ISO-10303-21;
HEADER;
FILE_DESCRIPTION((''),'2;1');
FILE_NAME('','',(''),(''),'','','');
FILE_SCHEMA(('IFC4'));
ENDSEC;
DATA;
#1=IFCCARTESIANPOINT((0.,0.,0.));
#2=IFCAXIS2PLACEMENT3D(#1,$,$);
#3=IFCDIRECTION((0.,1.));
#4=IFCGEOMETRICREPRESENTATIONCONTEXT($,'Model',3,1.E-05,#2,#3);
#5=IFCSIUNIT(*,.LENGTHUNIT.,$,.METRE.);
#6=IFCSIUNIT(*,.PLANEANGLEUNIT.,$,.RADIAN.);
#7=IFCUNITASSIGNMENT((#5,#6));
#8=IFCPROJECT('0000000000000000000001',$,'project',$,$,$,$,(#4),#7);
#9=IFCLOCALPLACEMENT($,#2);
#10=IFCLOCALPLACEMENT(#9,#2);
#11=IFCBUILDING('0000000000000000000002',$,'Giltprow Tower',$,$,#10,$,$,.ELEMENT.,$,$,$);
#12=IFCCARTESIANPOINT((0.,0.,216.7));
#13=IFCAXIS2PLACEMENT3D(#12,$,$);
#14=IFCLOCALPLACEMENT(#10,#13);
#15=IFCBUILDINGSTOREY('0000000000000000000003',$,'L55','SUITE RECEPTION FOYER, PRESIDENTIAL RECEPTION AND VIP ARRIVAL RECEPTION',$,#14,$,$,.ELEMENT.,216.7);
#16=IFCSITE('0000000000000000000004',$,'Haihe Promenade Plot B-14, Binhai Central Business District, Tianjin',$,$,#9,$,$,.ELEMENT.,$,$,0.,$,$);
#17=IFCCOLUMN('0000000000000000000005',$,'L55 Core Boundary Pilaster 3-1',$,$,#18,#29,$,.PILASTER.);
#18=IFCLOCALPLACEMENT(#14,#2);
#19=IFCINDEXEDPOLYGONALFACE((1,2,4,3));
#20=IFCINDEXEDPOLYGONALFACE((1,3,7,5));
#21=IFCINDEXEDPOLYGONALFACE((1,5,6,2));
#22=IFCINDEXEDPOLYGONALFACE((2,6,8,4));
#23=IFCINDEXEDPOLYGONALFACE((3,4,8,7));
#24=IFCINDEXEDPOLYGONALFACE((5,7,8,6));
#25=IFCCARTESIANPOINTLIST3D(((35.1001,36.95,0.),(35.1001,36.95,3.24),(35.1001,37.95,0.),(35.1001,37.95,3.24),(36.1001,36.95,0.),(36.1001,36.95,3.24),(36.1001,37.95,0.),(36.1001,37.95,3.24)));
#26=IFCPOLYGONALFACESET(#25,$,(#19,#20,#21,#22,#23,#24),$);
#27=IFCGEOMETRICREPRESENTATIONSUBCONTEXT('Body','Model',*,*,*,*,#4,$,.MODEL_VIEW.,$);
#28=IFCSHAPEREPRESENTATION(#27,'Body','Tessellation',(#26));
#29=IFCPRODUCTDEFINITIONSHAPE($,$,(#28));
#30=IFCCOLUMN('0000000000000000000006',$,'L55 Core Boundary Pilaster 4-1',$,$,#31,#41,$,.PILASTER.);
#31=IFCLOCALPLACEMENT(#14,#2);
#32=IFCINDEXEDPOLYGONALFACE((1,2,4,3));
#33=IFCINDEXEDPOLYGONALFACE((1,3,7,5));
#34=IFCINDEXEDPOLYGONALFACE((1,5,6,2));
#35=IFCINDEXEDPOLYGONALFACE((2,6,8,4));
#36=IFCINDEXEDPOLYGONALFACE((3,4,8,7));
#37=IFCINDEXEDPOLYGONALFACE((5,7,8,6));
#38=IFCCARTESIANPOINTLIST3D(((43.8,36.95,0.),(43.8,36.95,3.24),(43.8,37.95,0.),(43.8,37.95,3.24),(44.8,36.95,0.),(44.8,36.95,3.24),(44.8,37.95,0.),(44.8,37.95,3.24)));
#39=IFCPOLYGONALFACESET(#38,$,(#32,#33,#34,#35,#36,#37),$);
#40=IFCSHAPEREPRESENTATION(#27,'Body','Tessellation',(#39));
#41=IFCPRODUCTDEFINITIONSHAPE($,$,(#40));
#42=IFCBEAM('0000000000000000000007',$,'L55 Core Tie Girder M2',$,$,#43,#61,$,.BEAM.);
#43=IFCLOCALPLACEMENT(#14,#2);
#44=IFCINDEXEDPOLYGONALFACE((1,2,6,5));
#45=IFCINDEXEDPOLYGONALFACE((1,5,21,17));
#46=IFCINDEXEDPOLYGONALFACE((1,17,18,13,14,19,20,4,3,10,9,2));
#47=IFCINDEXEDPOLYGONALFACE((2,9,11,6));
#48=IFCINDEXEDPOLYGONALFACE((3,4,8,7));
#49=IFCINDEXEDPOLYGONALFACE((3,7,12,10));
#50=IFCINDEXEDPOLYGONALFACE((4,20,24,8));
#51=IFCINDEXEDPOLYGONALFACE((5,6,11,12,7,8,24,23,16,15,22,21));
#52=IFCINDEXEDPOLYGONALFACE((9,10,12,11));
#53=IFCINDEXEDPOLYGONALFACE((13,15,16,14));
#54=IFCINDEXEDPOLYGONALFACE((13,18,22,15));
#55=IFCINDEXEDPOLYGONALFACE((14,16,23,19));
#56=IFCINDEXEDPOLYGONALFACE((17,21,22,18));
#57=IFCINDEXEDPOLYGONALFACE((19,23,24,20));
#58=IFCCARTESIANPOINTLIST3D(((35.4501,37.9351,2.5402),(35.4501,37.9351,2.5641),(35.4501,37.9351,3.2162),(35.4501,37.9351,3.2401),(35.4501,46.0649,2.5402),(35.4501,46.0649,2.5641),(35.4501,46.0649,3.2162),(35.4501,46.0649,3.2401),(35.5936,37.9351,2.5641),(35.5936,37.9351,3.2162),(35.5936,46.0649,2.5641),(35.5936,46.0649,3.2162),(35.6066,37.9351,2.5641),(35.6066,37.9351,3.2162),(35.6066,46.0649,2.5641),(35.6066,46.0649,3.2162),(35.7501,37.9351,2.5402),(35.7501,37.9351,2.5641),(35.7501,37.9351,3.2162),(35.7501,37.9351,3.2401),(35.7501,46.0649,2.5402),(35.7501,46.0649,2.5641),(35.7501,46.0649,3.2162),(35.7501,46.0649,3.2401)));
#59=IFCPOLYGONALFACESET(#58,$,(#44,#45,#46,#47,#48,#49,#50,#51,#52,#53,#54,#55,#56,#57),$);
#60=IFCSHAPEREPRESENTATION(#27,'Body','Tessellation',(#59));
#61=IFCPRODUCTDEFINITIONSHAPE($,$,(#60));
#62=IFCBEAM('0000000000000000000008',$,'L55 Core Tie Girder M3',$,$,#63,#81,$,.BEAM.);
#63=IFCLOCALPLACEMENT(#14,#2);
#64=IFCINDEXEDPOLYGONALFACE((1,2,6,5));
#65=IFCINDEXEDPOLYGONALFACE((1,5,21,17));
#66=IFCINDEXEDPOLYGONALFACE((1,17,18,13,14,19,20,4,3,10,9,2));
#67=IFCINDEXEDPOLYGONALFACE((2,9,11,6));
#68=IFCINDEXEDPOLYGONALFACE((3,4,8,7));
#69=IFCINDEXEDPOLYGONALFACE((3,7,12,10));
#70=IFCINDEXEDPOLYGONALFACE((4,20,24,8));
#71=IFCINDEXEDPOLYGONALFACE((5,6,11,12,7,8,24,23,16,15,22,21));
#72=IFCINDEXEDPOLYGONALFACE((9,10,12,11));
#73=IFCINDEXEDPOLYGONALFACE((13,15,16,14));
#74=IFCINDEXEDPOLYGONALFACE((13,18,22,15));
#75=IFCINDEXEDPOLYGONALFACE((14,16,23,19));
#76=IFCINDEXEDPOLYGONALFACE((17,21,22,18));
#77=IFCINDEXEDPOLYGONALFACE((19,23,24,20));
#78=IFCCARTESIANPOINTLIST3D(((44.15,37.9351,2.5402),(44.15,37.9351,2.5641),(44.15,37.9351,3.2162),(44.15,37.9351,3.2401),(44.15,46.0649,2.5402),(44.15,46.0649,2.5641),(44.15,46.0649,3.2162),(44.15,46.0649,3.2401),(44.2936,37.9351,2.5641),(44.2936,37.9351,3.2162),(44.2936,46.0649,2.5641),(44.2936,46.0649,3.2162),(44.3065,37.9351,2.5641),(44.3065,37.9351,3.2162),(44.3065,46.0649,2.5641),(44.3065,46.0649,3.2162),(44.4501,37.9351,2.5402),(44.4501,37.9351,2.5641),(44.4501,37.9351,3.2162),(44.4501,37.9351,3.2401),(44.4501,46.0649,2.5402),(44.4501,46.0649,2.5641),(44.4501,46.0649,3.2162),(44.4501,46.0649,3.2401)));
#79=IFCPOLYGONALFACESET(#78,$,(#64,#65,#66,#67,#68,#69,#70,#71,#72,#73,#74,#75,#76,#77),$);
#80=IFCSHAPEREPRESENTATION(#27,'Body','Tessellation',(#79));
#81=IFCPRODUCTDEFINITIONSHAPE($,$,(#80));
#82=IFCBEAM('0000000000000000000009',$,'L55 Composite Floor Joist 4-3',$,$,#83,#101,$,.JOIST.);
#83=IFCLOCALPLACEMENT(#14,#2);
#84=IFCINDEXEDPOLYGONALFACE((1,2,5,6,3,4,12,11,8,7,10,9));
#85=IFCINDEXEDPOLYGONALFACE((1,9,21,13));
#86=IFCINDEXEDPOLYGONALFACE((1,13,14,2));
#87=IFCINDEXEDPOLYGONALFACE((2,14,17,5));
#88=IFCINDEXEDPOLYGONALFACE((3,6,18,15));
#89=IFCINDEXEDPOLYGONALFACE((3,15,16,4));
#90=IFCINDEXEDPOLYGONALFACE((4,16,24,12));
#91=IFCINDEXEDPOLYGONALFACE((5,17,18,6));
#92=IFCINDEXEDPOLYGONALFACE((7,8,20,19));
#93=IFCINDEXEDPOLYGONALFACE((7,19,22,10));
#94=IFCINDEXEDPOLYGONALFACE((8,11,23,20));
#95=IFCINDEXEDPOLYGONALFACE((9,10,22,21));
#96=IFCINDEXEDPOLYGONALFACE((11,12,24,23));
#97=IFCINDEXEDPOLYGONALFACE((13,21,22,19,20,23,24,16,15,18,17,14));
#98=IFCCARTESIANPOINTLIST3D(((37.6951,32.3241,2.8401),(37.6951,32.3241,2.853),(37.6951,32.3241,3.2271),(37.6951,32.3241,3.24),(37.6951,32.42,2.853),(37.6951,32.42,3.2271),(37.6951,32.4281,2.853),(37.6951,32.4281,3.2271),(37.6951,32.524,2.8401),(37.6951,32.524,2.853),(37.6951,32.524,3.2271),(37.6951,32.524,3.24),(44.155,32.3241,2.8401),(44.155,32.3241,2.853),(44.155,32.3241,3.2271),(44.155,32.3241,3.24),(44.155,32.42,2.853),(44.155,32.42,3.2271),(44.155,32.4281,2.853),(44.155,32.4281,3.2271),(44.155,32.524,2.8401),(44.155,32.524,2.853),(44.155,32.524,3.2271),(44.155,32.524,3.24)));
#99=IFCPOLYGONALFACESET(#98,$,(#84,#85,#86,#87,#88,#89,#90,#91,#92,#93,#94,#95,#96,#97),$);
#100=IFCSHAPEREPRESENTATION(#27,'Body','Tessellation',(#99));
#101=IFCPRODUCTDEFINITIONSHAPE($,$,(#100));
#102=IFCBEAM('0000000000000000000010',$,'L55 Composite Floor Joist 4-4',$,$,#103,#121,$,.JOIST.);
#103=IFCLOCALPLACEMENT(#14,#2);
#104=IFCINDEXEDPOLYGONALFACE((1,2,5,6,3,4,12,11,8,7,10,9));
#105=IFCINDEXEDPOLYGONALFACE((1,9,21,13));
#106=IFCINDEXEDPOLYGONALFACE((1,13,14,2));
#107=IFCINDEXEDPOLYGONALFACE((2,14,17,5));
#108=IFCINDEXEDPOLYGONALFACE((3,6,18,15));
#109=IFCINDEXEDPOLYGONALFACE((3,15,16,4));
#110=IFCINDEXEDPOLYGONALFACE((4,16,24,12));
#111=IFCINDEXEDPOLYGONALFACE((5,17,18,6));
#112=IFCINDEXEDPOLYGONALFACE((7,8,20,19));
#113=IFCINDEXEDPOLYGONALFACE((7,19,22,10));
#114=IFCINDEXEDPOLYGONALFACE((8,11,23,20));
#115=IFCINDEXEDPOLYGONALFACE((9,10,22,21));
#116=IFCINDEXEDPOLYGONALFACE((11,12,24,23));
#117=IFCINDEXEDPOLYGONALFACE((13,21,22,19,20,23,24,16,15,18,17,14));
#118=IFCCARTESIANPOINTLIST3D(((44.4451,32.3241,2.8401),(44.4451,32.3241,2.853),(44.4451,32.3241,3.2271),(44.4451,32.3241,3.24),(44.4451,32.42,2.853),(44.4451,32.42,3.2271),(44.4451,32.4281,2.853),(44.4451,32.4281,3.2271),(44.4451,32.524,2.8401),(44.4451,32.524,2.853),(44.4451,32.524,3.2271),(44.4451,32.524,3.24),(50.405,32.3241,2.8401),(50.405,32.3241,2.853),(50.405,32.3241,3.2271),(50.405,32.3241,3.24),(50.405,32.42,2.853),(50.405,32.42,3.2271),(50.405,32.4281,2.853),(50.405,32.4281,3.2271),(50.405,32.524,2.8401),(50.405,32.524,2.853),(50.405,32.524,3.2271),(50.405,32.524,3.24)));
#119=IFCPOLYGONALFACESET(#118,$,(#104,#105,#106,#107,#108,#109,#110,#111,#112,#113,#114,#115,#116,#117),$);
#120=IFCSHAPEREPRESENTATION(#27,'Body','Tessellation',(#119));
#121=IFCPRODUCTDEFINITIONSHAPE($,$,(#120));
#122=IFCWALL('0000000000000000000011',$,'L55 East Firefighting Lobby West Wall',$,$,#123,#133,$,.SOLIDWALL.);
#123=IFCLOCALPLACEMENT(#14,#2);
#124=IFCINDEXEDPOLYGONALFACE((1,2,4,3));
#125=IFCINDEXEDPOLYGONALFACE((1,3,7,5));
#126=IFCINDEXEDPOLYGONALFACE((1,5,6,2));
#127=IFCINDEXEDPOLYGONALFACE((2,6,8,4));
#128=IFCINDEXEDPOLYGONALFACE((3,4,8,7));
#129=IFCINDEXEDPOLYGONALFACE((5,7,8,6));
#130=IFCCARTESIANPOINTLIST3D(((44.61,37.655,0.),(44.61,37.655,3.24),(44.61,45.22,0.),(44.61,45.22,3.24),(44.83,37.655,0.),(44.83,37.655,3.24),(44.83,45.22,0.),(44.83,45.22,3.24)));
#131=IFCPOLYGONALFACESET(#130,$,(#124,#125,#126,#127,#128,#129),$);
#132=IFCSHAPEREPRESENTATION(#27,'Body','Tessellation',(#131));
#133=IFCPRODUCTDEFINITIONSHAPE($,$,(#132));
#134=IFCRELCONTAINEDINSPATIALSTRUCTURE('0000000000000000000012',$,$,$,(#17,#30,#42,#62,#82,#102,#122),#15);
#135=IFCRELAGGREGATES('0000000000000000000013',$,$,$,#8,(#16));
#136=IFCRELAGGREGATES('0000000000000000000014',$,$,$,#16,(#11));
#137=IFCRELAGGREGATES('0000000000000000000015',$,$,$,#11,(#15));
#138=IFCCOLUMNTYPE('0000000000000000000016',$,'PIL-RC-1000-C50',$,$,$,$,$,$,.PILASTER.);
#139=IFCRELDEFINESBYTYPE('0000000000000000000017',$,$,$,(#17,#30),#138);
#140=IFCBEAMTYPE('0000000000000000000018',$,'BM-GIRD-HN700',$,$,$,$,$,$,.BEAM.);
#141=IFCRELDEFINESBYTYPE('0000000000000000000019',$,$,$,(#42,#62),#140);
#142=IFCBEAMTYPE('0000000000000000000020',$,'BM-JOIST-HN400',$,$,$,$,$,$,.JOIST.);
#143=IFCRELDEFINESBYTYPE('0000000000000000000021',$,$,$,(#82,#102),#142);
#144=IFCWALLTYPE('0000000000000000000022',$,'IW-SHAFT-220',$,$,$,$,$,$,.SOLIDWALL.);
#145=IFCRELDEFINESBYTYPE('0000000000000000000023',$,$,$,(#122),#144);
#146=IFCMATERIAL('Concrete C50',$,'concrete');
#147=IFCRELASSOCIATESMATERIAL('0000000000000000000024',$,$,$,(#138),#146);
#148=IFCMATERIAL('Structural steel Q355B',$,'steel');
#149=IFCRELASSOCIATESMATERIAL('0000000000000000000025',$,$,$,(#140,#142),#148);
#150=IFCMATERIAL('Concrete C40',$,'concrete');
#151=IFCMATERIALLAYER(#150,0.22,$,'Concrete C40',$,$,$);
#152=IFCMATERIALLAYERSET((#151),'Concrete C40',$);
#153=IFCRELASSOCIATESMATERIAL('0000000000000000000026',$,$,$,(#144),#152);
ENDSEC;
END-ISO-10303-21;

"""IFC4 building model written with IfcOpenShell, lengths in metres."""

from ifc_helpers import new_model, si_unit, direction, frame, frame_2d, origin, origin_2d, place, context, subcontext, project, spatial, rectangle, i_section, extrude, source, transform, mapped, material, layer, layer_set, material_profile, profile_set, type_object, element, save


model = new_model("IFC4")

# Units and contexts
model_context = context("Model", 3, precision=1e-05, world=origin(), true_north=direction((0.0, 1.0)))
body_context = subcontext(model_context, "Body", "Model", "MODEL_VIEW")
ifc_project = project(units=[si_unit("LENGTHUNIT", "METRE"), si_unit("PLANEANGLEUNIT", "RADIAN")], contexts=[model_context])

# Site, building, storey
site_placement = place(None, origin())
site = spatial("IfcSite", under=ifc_project, at=site_placement, Name="Haihe Promenade Plot B-14, Binhai Central Business District, Tianjin", CompositionType="ELEMENT", RefElevation=0.0)
building_placement = place(site_placement, origin())
building = spatial("IfcBuilding", under=site, at=building_placement, Name="Giltprow Tower", CompositionType="ELEMENT")
storey_placement = place(building_placement, frame((0.0, 0.0, 216.7)))
storey = spatial("IfcBuildingStorey", under=building, at=storey_placement, Name="L55", Description="SUITE RECEPTION FOYER, PRESIDENTIAL RECEPTION AND VIP ARRIVAL RECEPTION", CompositionType="ELEMENT", Elevation=216.7)

# Columns
ifc_material_1 = material(Name="Concrete C50", Category="concrete")
ifc_material_profile_1 = material_profile(ifc_material_1, rectangle(XDim=1.0, YDim=1.0, at=origin_2d()), Name="RC 1000x1000")
ifc_profile_set_1 = profile_set([ifc_material_profile_1], Name="Concrete C50")
column_type = type_object("IfcColumnType", Name="PIL-RC-1000-C50", PredefinedType="PILASTER", material=ifc_profile_set_1)
shared_shape_1 = source(origin(), body_context, "Body", "SweptSolid", [
    extrude(rectangle(XDim=1.0, YDim=1.0, at=origin_2d()), origin(), (0.0, 0.0, 1.0), 3.24),
])
for number, where, z_axis, x_axis, name in (
    (1, (35.6001, 37.45, 0.0), (0.0, 0.0, 1.0), (1.0, 0.0, 0.0), "L55 Core Boundary Pilaster 3-1"),
    (2, (44.3, 37.45, 0.0), (0.0, 0.0, 1.0), (1.0, 0.0, 0.0), "L55 Core Boundary Pilaster 4-1"),
):
    element("IfcColumn", number, at=place(storey_placement, frame(where, z_axis=z_axis, x_axis=x_axis)), inside=storey, type_object=column_type, Name=name, PredefinedType="PILASTER", context=body_context, shape_type="MappedRepresentation", body=[
        mapped(shared_shape_1, transform((0.0, 0.0, 0.0), x_axis=(1.0, 0.0, 0.0), y_axis=(0.0, 1.0, 0.0), z_axis=(0.0, 0.0, 1.0), scale=1.0)),
    ])

# Beams
ifc_material_2 = material(Name="Structural steel Q355B", Category="steel")
ifc_material_profile_2 = material_profile(ifc_material_2, i_section(OverallWidth=0.3, OverallDepth=0.7, WebThickness=0.0129, FlangeThickness=0.0239, at=origin_2d()), Name="HN 700x300x13x24")
ifc_profile_set_2 = profile_set([ifc_material_profile_2], Name="Structural steel Q355B")
beam_type_1 = type_object("IfcBeamType", Name="BM-GIRD-HN700", PredefinedType="BEAM", material=ifc_profile_set_2)
shared_shape_2 = source(origin(), body_context, "Body", "SweptSolid", [
    extrude(i_section(OverallWidth=0.3, OverallDepth=0.7, WebThickness=0.0129, FlangeThickness=0.0239, at=origin_2d()), origin(), (0.0, 0.0, 1.0), 8.1299),
])
for number, where, z_axis, x_axis, name in (
    (3, (35.6001, 37.9351, 2.8901), (0.0, 1.0, 0.0), (-1.0, 0.0, 0.0), "L55 Core Tie Girder M2"),
    (4, (44.3, 37.9351, 2.8901), (0.0, 1.0, 0.0), (-1.0, 0.0, 0.0), "L55 Core Tie Girder M3"),
):
    element("IfcBeam", number, at=place(storey_placement, frame(where, z_axis=z_axis, x_axis=x_axis)), inside=storey, type_object=beam_type_1, Name=name, PredefinedType="BEAM", context=body_context, shape_type="MappedRepresentation", body=[
        mapped(shared_shape_2, transform((0.0, 0.0, 0.0), x_axis=(1.0, 0.0, 0.0), y_axis=(0.0, 1.0, 0.0), z_axis=(0.0, 0.0, 1.0), scale=1.0)),
    ])
ifc_material_profile_3 = material_profile(ifc_material_2, i_section(OverallWidth=0.2, OverallDepth=0.3999, WebThickness=0.0081, FlangeThickness=0.0129, at=origin_2d()), Name="HN 400x200x8x13")
ifc_profile_set_3 = profile_set([ifc_material_profile_3], Name="Structural steel Q355B")
beam_type_2 = type_object("IfcBeamType", Name="BM-JOIST-HN400", PredefinedType="JOIST", material=ifc_profile_set_3)
shared_shape_3 = source(origin(), body_context, "Body", "SweptSolid", [
    extrude(i_section(OverallWidth=0.2, OverallDepth=0.3999, WebThickness=0.0081, FlangeThickness=0.0129, at=origin_2d()), origin(), (0.0, 0.0, 1.0), 6.46),
])
beam_1_placement = place(storey_placement, frame((37.6951, 32.4241, 3.04), z_axis=(1.0, 0.0, 0.0), x_axis=(0.0, 1.0, 0.0)))
element("IfcBeam", 5, at=beam_1_placement, inside=storey, type_object=beam_type_2, Name="L55 Composite Floor Joist 4-3", PredefinedType="JOIST", context=body_context, shape_type="MappedRepresentation", body=[
    mapped(shared_shape_3, transform((0.0, 0.0, 0.0), x_axis=(1.0, 0.0, 0.0), y_axis=(0.0, 1.0, 0.0), z_axis=(0.0, 0.0, 1.0), scale=1.0)),
])
shared_shape_4 = source(origin(), body_context, "Body", "SweptSolid", [
    extrude(i_section(OverallWidth=0.2, OverallDepth=0.3999, WebThickness=0.0081, FlangeThickness=0.0129, at=origin_2d()), origin(), (0.0, 0.0, 1.0), 5.96),
])
beam_2_placement = place(storey_placement, frame((44.4451, 32.4241, 3.04), z_axis=(1.0, 0.0, 0.0), x_axis=(0.0, 1.0, 0.0)))
element("IfcBeam", 6, at=beam_2_placement, inside=storey, type_object=beam_type_2, Name="L55 Composite Floor Joist 4-4", PredefinedType="JOIST", context=body_context, shape_type="MappedRepresentation", body=[
    mapped(shared_shape_4, transform((0.0, 0.0, 0.0), x_axis=(1.0, 0.0, 0.0), y_axis=(0.0, 1.0, 0.0), z_axis=(0.0, 0.0, 1.0), scale=1.0)),
])

# Wall
ifc_material_3 = material(Name="Concrete C40", Category="concrete")
ifc_layer_1 = layer(ifc_material_3, 0.22, Name="Concrete C40")
ifc_layer_set_1 = layer_set([ifc_layer_1], Name="Concrete C40")
wall_type_1 = type_object("IfcWallType", Name="IW-SHAFT-220", PredefinedType="SOLIDWALL", material=ifc_layer_set_1)
wall_1_placement = place(storey_placement, frame((44.72, 37.655, 0.0), z_axis=(0.0, 0.0, 1.0), x_axis=(0.0, 1.0, 0.0)))
element("IfcWall", 7, at=wall_1_placement, inside=storey, type_object=wall_type_1, Name="L55 East Firefighting Lobby West Wall", PredefinedType="SOLIDWALL", context=body_context, shape_type="SweptSolid", body=[
    extrude(rectangle(XDim=7.5649, YDim=0.22, at=frame_2d((3.7825, 0.0))), origin(), (0.0, 0.0, 1.0), 3.24),
])

save(model, "model.ifc")
